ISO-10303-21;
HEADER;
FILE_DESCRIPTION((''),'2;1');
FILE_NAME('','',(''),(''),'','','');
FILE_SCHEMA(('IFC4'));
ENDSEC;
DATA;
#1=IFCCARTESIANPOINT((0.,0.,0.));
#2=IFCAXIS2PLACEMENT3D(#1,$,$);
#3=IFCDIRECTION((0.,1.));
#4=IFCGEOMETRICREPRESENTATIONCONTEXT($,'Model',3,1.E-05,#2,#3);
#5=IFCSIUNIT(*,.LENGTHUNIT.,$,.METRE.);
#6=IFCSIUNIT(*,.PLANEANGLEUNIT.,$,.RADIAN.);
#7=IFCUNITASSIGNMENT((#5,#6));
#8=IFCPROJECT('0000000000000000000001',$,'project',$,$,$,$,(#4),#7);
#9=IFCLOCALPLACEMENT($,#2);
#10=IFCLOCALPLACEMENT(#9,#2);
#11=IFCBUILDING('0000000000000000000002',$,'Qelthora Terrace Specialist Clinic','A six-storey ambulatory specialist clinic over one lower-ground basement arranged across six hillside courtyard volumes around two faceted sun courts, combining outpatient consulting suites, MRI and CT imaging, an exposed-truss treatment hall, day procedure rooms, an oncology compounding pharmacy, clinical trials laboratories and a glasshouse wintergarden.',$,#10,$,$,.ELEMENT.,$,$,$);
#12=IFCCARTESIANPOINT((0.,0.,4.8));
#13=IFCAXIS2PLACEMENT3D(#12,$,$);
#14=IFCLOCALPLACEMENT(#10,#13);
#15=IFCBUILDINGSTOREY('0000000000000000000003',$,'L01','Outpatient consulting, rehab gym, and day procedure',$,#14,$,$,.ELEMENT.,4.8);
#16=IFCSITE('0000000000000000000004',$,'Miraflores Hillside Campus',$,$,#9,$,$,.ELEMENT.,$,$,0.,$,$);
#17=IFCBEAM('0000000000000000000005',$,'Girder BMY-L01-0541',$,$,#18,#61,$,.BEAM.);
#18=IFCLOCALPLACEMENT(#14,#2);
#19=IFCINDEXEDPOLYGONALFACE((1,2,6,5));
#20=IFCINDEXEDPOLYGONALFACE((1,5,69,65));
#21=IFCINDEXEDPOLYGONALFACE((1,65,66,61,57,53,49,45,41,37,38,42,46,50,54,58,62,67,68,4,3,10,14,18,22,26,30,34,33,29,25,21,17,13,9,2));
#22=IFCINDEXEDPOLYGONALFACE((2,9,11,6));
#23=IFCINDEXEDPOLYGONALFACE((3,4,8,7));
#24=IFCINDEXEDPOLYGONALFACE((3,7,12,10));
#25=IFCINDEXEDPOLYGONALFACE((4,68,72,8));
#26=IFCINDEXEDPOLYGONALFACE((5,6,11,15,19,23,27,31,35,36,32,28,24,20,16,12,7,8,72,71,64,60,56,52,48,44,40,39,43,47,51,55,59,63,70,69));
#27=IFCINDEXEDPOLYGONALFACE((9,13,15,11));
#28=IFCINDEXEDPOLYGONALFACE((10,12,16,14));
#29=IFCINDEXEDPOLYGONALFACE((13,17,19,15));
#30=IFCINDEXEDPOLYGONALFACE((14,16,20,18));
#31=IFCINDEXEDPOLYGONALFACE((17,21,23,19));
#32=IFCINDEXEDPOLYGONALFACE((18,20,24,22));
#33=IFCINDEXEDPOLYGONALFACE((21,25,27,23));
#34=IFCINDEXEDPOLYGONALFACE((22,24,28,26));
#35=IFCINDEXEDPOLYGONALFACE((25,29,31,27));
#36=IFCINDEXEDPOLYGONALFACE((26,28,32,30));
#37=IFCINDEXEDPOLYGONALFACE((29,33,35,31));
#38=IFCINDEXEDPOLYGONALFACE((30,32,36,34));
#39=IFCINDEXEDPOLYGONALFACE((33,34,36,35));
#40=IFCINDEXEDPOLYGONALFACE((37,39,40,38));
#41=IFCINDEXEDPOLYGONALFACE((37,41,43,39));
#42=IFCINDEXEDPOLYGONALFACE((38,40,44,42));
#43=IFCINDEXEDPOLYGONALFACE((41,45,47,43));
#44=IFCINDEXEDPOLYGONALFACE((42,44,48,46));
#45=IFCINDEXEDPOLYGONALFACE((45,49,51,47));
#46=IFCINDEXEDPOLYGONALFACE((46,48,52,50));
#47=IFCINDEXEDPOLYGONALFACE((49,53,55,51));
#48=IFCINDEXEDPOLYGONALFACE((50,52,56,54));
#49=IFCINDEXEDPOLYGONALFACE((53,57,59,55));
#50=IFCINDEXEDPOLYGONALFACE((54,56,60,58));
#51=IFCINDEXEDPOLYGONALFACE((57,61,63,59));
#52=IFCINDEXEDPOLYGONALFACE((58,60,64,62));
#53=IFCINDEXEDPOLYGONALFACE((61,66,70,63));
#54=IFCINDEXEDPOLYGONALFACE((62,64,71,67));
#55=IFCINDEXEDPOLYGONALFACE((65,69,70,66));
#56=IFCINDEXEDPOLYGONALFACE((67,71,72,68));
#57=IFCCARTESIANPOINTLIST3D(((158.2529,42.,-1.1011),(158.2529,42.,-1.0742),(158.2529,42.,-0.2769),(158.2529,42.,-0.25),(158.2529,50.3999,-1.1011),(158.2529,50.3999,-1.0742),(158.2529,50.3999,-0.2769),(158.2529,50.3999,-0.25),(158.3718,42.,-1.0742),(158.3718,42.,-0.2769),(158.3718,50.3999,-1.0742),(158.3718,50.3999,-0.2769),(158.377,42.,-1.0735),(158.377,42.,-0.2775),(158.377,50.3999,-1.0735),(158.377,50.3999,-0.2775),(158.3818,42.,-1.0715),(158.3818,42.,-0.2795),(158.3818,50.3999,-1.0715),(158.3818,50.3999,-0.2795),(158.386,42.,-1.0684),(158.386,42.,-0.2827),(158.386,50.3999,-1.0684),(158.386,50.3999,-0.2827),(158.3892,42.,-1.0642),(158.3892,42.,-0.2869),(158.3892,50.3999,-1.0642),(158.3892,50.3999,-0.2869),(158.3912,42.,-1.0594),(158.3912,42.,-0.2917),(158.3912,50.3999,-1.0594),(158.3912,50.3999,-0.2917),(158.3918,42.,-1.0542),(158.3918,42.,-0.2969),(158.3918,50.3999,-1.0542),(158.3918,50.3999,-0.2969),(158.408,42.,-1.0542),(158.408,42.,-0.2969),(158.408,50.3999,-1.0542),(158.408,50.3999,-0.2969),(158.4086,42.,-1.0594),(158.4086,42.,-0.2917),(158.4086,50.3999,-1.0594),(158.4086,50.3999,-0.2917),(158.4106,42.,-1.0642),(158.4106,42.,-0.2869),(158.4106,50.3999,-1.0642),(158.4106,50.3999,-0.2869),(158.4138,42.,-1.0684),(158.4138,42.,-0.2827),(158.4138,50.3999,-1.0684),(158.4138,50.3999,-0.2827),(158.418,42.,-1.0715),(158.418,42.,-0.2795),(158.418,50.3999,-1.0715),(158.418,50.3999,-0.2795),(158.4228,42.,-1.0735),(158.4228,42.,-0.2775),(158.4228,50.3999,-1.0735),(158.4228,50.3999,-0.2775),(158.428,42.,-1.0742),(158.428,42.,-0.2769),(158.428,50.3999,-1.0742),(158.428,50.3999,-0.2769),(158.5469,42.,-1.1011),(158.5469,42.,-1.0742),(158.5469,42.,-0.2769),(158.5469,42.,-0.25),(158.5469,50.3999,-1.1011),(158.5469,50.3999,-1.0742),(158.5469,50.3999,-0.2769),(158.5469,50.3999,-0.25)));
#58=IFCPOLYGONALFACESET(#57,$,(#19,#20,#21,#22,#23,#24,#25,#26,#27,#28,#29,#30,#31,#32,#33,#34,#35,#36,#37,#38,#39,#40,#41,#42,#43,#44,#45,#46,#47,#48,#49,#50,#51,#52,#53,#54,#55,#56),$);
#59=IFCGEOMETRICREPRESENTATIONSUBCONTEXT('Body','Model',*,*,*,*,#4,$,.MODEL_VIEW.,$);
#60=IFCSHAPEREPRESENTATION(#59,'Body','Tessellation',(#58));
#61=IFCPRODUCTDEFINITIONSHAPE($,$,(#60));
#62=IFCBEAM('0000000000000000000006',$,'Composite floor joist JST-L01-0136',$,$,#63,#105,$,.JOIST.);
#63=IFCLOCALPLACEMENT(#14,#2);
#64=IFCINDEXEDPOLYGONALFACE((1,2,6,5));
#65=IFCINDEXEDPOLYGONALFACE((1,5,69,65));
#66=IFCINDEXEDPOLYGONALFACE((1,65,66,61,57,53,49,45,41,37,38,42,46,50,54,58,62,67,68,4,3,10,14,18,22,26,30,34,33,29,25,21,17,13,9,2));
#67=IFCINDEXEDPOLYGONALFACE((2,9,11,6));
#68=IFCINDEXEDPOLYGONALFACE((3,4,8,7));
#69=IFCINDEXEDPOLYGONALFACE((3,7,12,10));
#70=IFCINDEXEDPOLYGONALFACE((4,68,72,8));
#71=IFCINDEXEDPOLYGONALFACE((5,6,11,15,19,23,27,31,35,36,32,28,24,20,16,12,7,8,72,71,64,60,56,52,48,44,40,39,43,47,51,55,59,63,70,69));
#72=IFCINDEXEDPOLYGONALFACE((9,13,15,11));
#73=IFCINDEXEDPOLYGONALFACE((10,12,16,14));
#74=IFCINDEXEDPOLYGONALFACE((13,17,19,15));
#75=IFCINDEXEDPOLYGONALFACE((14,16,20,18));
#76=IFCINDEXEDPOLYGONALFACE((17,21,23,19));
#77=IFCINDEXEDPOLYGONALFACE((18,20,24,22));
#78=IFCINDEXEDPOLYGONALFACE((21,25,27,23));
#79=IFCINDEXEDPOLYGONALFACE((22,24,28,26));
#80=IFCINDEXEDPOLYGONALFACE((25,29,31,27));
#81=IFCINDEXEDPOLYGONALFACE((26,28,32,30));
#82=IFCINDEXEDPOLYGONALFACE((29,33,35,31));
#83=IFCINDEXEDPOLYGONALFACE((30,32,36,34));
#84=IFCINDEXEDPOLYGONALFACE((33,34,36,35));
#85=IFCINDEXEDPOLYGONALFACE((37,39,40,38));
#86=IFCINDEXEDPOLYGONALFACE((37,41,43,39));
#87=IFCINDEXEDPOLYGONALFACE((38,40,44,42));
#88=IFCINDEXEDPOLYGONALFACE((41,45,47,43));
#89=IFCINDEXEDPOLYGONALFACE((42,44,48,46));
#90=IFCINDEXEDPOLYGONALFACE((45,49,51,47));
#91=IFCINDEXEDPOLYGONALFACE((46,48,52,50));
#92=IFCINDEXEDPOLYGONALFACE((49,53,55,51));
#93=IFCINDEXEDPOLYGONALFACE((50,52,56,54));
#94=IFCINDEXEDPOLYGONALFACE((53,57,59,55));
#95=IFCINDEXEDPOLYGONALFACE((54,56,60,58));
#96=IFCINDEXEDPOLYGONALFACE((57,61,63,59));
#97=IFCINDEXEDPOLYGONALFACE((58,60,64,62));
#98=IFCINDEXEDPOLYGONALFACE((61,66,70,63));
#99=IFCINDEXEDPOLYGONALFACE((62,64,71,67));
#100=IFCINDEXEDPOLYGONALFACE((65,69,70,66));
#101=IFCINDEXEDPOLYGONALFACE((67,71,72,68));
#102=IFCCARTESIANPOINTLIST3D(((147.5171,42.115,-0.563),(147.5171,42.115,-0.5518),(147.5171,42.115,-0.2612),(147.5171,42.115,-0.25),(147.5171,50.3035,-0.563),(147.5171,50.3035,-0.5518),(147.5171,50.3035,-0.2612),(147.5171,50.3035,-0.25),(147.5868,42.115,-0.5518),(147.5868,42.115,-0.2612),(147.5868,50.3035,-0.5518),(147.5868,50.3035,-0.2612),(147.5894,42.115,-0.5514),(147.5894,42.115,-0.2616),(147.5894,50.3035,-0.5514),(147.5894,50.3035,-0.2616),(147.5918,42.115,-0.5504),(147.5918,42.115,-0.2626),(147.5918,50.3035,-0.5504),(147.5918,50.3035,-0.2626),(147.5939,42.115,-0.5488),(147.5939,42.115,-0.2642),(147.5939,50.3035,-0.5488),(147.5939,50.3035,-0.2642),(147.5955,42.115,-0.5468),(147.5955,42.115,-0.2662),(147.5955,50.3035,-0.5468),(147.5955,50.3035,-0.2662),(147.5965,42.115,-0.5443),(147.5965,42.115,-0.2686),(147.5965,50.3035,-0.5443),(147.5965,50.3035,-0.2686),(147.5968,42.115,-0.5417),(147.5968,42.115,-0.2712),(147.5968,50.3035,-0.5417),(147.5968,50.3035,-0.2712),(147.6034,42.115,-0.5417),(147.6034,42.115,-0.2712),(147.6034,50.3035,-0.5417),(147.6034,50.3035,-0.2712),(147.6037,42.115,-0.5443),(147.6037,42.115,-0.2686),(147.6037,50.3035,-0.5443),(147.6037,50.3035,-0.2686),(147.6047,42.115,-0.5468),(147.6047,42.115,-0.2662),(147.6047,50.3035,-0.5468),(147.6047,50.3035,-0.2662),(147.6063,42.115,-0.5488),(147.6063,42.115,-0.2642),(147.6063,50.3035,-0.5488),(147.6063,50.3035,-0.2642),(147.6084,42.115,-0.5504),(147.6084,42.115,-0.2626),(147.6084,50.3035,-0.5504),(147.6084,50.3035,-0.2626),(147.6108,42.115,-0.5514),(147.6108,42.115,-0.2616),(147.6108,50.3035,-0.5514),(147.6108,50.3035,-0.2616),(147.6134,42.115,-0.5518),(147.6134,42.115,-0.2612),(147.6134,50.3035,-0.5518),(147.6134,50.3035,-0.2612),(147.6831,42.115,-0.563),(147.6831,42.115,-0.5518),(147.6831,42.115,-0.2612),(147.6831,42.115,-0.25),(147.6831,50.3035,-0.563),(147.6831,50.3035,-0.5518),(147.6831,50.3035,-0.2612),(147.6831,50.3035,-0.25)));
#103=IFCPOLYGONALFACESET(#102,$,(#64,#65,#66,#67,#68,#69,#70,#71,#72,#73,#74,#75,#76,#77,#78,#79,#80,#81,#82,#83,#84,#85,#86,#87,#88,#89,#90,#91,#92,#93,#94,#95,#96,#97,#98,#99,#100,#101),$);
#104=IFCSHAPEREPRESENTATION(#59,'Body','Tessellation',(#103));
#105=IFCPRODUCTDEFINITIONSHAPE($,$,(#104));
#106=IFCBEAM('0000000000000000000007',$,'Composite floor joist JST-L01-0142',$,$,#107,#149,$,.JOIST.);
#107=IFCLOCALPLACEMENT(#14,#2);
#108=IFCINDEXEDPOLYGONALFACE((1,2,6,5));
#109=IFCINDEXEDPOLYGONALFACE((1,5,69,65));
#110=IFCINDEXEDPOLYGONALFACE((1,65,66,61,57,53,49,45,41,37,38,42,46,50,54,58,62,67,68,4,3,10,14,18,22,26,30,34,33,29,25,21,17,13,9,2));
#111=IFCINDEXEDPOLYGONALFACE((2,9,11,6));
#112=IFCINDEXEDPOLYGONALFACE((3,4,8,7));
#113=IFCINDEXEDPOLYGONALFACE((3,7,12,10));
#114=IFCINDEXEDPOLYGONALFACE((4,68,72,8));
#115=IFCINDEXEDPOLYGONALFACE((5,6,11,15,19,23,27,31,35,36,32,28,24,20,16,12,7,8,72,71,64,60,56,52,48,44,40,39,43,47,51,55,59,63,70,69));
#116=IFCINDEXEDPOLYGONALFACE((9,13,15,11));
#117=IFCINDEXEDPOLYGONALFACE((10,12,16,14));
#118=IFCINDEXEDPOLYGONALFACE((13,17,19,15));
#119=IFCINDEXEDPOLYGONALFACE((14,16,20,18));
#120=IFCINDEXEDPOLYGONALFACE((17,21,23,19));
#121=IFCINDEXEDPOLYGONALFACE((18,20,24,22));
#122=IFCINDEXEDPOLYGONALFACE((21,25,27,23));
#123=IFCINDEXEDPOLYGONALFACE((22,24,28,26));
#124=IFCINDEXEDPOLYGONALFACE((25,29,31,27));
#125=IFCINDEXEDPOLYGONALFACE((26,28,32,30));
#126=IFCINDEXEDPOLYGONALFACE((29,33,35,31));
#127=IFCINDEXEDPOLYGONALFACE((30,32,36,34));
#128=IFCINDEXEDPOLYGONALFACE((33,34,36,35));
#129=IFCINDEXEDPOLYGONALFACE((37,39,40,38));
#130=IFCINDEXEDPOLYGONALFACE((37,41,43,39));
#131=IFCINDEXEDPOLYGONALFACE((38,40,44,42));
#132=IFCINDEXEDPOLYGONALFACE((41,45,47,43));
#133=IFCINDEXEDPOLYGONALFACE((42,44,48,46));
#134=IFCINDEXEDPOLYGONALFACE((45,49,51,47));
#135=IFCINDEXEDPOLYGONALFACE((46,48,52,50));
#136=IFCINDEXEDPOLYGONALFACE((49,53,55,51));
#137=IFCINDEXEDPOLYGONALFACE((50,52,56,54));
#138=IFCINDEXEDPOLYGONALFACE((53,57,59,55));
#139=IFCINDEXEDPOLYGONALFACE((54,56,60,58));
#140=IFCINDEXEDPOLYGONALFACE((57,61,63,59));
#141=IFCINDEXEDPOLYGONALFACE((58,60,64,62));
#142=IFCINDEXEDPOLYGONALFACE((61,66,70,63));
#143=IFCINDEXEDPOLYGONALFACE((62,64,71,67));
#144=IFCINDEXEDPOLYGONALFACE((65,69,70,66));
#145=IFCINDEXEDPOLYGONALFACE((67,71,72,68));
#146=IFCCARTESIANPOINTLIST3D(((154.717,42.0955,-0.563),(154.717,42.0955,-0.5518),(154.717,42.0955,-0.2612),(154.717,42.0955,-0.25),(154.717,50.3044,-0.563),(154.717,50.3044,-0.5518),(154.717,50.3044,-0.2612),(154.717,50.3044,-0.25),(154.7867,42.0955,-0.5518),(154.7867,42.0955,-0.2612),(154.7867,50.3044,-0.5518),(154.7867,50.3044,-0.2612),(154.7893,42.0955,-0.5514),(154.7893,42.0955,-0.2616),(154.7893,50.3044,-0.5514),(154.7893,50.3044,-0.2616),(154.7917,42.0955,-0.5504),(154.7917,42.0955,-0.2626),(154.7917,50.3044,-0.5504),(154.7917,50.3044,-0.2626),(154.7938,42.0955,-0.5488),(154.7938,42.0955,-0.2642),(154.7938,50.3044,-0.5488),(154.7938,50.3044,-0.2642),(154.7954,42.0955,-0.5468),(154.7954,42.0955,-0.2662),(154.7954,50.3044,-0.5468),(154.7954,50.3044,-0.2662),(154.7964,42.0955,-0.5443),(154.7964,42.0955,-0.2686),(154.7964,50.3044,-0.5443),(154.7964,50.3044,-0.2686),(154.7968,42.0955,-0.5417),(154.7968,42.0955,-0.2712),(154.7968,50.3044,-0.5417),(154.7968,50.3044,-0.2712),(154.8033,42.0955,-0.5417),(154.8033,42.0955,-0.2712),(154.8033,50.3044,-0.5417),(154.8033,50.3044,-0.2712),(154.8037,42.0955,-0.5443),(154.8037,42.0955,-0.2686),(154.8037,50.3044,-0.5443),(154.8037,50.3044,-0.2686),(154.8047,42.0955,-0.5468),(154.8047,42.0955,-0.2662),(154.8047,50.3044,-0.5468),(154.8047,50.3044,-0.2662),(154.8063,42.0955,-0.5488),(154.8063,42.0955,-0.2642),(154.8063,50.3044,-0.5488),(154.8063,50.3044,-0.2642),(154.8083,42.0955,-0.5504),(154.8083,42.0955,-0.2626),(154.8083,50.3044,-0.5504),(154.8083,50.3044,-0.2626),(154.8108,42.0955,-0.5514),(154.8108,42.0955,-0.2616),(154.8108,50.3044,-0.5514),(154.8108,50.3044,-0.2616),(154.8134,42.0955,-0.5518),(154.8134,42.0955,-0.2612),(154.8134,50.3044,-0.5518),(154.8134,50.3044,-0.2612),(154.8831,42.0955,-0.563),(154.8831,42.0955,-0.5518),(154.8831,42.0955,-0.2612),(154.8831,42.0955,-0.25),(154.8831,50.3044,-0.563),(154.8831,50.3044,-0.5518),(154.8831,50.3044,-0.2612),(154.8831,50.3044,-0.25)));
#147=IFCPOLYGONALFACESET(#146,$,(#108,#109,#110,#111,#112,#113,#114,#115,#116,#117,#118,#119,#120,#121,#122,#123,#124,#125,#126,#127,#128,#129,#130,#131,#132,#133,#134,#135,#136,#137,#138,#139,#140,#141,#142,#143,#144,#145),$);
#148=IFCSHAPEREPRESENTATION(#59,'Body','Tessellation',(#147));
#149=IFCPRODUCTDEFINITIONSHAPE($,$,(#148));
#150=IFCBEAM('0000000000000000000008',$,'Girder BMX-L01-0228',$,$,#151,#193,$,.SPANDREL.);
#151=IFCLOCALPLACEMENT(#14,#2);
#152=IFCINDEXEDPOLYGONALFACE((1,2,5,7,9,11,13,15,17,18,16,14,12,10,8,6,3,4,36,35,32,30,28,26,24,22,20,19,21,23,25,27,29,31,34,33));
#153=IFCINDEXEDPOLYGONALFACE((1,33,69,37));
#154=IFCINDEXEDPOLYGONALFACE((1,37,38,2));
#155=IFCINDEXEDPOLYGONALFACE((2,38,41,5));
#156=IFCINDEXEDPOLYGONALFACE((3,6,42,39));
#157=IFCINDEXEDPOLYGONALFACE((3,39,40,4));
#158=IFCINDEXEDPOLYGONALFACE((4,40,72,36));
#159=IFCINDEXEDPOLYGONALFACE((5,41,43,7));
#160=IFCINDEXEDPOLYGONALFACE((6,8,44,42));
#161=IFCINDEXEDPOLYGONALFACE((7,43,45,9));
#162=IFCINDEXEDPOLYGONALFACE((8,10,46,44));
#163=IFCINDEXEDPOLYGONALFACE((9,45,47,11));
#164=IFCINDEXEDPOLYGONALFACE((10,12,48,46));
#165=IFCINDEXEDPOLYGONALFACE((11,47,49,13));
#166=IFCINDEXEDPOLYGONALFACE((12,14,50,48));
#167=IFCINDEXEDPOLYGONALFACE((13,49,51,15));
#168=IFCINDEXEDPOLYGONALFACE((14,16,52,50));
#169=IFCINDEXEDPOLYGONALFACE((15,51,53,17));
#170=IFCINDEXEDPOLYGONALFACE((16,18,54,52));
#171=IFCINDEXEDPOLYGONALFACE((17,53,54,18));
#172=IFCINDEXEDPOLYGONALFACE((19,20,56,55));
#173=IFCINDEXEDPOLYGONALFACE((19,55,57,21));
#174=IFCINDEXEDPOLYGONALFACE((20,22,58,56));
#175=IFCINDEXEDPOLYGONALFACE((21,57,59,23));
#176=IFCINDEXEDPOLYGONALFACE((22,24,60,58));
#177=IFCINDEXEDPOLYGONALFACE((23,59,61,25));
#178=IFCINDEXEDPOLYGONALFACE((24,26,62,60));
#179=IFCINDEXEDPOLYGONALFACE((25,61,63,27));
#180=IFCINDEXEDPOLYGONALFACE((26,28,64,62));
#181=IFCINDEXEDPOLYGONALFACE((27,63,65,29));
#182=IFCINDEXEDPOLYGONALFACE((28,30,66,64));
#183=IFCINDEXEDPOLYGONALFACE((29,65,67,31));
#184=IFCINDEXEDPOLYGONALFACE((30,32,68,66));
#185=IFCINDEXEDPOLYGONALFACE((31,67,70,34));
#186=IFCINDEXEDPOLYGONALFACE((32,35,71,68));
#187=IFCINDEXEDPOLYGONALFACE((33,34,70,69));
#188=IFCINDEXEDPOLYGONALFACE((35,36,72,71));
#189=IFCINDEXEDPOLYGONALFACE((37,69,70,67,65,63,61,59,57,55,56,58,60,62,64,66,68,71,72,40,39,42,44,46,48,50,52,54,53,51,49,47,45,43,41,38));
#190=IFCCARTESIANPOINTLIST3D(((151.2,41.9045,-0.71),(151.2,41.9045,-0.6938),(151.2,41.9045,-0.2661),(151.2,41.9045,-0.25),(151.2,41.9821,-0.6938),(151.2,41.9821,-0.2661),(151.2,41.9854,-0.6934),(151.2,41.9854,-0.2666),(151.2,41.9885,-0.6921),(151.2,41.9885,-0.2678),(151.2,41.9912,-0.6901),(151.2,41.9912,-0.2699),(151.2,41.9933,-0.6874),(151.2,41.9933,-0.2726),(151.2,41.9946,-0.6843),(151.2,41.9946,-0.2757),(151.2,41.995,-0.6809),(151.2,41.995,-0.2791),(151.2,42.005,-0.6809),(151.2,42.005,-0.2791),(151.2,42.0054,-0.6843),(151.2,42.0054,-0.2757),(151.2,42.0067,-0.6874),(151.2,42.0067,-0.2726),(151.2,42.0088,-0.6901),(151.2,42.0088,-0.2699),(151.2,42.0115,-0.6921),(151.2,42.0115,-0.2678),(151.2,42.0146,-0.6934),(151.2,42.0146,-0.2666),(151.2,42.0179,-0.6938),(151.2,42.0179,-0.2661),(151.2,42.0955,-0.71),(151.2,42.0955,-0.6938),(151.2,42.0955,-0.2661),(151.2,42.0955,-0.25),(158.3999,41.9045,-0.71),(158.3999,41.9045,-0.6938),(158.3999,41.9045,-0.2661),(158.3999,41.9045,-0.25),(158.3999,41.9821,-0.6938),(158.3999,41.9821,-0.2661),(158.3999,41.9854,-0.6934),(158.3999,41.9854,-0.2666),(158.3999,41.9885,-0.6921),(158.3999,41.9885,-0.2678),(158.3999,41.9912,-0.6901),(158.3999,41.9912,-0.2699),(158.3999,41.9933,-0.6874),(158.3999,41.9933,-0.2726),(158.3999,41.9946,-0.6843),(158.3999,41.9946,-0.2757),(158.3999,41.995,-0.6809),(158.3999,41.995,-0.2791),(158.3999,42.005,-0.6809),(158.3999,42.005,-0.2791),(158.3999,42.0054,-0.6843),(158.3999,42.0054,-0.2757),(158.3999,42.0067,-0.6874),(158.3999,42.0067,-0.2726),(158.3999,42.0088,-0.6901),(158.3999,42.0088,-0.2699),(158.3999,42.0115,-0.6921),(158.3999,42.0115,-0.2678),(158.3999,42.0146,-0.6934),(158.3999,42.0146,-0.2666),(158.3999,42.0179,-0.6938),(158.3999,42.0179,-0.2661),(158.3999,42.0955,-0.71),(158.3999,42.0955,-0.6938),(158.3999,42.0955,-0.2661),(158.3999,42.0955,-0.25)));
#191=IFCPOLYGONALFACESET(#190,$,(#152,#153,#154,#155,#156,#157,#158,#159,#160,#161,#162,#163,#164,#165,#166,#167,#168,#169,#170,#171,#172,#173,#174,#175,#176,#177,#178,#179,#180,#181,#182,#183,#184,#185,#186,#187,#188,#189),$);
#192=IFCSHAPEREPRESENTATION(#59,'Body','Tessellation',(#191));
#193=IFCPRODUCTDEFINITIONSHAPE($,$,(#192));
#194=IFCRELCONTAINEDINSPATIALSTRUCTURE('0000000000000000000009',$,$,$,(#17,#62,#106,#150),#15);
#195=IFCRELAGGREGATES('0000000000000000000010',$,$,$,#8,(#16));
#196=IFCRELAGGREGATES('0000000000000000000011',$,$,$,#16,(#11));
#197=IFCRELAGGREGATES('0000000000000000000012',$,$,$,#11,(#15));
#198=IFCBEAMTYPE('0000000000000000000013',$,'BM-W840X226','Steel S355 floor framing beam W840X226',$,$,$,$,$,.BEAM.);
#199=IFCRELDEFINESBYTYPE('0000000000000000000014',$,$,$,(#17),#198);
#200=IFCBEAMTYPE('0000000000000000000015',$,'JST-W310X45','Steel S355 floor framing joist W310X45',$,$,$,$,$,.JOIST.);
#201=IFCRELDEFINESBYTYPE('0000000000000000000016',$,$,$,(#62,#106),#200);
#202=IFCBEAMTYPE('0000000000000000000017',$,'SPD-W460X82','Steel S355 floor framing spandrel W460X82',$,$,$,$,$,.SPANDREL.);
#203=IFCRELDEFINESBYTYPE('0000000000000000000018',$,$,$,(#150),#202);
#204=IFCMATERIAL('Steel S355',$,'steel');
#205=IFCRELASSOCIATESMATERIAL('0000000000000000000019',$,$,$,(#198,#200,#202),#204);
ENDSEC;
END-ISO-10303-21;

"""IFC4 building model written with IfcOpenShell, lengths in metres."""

from ifc_helpers import new_model, si_unit, direction, frame, origin, origin_2d, place, context, subcontext, project, spatial, i_section, extrude, material, material_profile, profile_set, type_object, element, save


model = new_model("IFC4")

# Units and contexts
model_context = context("Model", 3, precision=1e-05, world=origin(), true_north=direction((0.0, 1.0)))
body_context = subcontext(model_context, "Body", "Model", "MODEL_VIEW")
ifc_project = project(units=[si_unit("LENGTHUNIT", "METRE"), si_unit("PLANEANGLEUNIT", "RADIAN")], contexts=[model_context])

# Site, building, storey
site_placement = place(None, origin())
site = spatial("IfcSite", under=ifc_project, at=site_placement, Name="Miraflores Hillside Campus", CompositionType="ELEMENT", RefElevation=0.0)
building_placement = place(site_placement, origin())
building = spatial("IfcBuilding", under=site, at=building_placement, Name="Qelthora Terrace Specialist Clinic", Description="A six-storey ambulatory specialist clinic over one lower-ground basement arranged across six hillside courtyard volumes around two faceted sun courts, combining outpatient consulting suites, MRI and CT imaging, an exposed-truss treatment hall, day procedure rooms, an oncology compounding pharmacy, clinical trials laboratories and a glasshouse wintergarden.", CompositionType="ELEMENT")
storey_placement = place(building_placement, frame((0.0, 0.0, 4.8)))
storey = spatial("IfcBuildingStorey", under=building, at=storey_placement, Name="L01", Description="Outpatient consulting, rehab gym, and day procedure", CompositionType="ELEMENT", Elevation=4.8)

# Shared definitions
ifc_material_1 = material(Name="Steel S355", Category="steel")

# Beams
ifc_material_profile_1 = material_profile(ifc_material_1, i_section(OverallWidth=0.2939, OverallDepth=0.8511, WebThickness=0.0161, FlangeThickness=0.0269, FilletRadius=0.02, at=origin_2d()), Name="W840X226")
ifc_profile_set_1 = profile_set([ifc_material_profile_1], Name="Steel S355")
beam_type_1 = type_object("IfcBeamType", Name="BM-W840X226", Description="Steel S355 floor framing beam W840X226", PredefinedType="BEAM", material=ifc_profile_set_1)
beam_1_placement = place(storey_placement, frame((158.3999, 42.0, -0.6755), z_axis=(0.0, 1.0, 0.0), x_axis=(-1.0, 0.0, 0.0)))
element("IfcBeam", 1, at=beam_1_placement, inside=storey, type_object=beam_type_1, Name="Girder BMY-L01-0541", PredefinedType="BEAM", context=body_context, shape_type="SweptSolid", body=[
    extrude(i_section(OverallWidth=0.2939, OverallDepth=0.8511, WebThickness=0.0161, FlangeThickness=0.0269, FilletRadius=0.02, at=origin_2d()), origin(), (0.0, 0.0, 1.0), 8.3999),
])
ifc_material_profile_2 = material_profile(ifc_material_1, i_section(OverallWidth=0.166, OverallDepth=0.313, WebThickness=0.0066, FlangeThickness=0.0112, FilletRadius=0.01, at=origin_2d()), Name="W310X45")
ifc_profile_set_2 = profile_set([ifc_material_profile_2], Name="Steel S355")
beam_type_2 = type_object("IfcBeamType", Name="JST-W310X45", Description="Steel S355 floor framing joist W310X45", PredefinedType="JOIST", material=ifc_profile_set_2)
beam_2_placement = place(storey_placement, frame((147.6001, 42.115, -0.4065), z_axis=(0.0, 1.0, 0.0), x_axis=(-1.0, 0.0, 0.0)))
element("IfcBeam", 2, at=beam_2_placement, inside=storey, type_object=beam_type_2, Name="Composite floor joist JST-L01-0136", PredefinedType="JOIST", context=body_context, shape_type="SweptSolid", body=[
    extrude(i_section(OverallWidth=0.166, OverallDepth=0.313, WebThickness=0.0066, FlangeThickness=0.0112, FilletRadius=0.01, at=origin_2d()), origin(), (0.0, 0.0, 1.0), 8.1885),
])
beam_3_placement = place(storey_placement, frame((154.8, 42.0955, -0.4065), z_axis=(0.0, 1.0, 0.0), x_axis=(-1.0, 0.0, 0.0)))
element("IfcBeam", 3, at=beam_3_placement, inside=storey, type_object=beam_type_2, Name="Composite floor joist JST-L01-0142", PredefinedType="JOIST", context=body_context, shape_type="SweptSolid", body=[
    extrude(i_section(OverallWidth=0.166, OverallDepth=0.313, WebThickness=0.0066, FlangeThickness=0.0112, FilletRadius=0.01, at=origin_2d()), origin(), (0.0, 0.0, 1.0), 8.209),
])
ifc_material_profile_3 = material_profile(ifc_material_1, i_section(OverallWidth=0.1909, OverallDepth=0.46, WebThickness=0.01, FlangeThickness=0.0161, FilletRadius=0.0129, at=origin_2d()), Name="W460X82")
ifc_profile_set_3 = profile_set([ifc_material_profile_3], Name="Steel S355")
beam_type_3 = type_object("IfcBeamType", Name="SPD-W460X82", Description="Steel S355 floor framing spandrel W460X82", PredefinedType="SPANDREL", material=ifc_profile_set_3)
beam_4_placement = place(storey_placement, frame((151.2, 42.0, -0.48), z_axis=(1.0, 0.0, 0.0), x_axis=(0.0, 1.0, 0.0)))
element("IfcBeam", 4, at=beam_4_placement, inside=storey, type_object=beam_type_3, Name="Girder BMX-L01-0228", PredefinedType="SPANDREL", context=body_context, shape_type="SweptSolid", body=[
    extrude(i_section(OverallWidth=0.1909, OverallDepth=0.46, WebThickness=0.01, FlangeThickness=0.0161, FilletRadius=0.0129, at=origin_2d()), origin(), (0.0, 0.0, 1.0), 7.2),
])

save(model, "model.ifc")
